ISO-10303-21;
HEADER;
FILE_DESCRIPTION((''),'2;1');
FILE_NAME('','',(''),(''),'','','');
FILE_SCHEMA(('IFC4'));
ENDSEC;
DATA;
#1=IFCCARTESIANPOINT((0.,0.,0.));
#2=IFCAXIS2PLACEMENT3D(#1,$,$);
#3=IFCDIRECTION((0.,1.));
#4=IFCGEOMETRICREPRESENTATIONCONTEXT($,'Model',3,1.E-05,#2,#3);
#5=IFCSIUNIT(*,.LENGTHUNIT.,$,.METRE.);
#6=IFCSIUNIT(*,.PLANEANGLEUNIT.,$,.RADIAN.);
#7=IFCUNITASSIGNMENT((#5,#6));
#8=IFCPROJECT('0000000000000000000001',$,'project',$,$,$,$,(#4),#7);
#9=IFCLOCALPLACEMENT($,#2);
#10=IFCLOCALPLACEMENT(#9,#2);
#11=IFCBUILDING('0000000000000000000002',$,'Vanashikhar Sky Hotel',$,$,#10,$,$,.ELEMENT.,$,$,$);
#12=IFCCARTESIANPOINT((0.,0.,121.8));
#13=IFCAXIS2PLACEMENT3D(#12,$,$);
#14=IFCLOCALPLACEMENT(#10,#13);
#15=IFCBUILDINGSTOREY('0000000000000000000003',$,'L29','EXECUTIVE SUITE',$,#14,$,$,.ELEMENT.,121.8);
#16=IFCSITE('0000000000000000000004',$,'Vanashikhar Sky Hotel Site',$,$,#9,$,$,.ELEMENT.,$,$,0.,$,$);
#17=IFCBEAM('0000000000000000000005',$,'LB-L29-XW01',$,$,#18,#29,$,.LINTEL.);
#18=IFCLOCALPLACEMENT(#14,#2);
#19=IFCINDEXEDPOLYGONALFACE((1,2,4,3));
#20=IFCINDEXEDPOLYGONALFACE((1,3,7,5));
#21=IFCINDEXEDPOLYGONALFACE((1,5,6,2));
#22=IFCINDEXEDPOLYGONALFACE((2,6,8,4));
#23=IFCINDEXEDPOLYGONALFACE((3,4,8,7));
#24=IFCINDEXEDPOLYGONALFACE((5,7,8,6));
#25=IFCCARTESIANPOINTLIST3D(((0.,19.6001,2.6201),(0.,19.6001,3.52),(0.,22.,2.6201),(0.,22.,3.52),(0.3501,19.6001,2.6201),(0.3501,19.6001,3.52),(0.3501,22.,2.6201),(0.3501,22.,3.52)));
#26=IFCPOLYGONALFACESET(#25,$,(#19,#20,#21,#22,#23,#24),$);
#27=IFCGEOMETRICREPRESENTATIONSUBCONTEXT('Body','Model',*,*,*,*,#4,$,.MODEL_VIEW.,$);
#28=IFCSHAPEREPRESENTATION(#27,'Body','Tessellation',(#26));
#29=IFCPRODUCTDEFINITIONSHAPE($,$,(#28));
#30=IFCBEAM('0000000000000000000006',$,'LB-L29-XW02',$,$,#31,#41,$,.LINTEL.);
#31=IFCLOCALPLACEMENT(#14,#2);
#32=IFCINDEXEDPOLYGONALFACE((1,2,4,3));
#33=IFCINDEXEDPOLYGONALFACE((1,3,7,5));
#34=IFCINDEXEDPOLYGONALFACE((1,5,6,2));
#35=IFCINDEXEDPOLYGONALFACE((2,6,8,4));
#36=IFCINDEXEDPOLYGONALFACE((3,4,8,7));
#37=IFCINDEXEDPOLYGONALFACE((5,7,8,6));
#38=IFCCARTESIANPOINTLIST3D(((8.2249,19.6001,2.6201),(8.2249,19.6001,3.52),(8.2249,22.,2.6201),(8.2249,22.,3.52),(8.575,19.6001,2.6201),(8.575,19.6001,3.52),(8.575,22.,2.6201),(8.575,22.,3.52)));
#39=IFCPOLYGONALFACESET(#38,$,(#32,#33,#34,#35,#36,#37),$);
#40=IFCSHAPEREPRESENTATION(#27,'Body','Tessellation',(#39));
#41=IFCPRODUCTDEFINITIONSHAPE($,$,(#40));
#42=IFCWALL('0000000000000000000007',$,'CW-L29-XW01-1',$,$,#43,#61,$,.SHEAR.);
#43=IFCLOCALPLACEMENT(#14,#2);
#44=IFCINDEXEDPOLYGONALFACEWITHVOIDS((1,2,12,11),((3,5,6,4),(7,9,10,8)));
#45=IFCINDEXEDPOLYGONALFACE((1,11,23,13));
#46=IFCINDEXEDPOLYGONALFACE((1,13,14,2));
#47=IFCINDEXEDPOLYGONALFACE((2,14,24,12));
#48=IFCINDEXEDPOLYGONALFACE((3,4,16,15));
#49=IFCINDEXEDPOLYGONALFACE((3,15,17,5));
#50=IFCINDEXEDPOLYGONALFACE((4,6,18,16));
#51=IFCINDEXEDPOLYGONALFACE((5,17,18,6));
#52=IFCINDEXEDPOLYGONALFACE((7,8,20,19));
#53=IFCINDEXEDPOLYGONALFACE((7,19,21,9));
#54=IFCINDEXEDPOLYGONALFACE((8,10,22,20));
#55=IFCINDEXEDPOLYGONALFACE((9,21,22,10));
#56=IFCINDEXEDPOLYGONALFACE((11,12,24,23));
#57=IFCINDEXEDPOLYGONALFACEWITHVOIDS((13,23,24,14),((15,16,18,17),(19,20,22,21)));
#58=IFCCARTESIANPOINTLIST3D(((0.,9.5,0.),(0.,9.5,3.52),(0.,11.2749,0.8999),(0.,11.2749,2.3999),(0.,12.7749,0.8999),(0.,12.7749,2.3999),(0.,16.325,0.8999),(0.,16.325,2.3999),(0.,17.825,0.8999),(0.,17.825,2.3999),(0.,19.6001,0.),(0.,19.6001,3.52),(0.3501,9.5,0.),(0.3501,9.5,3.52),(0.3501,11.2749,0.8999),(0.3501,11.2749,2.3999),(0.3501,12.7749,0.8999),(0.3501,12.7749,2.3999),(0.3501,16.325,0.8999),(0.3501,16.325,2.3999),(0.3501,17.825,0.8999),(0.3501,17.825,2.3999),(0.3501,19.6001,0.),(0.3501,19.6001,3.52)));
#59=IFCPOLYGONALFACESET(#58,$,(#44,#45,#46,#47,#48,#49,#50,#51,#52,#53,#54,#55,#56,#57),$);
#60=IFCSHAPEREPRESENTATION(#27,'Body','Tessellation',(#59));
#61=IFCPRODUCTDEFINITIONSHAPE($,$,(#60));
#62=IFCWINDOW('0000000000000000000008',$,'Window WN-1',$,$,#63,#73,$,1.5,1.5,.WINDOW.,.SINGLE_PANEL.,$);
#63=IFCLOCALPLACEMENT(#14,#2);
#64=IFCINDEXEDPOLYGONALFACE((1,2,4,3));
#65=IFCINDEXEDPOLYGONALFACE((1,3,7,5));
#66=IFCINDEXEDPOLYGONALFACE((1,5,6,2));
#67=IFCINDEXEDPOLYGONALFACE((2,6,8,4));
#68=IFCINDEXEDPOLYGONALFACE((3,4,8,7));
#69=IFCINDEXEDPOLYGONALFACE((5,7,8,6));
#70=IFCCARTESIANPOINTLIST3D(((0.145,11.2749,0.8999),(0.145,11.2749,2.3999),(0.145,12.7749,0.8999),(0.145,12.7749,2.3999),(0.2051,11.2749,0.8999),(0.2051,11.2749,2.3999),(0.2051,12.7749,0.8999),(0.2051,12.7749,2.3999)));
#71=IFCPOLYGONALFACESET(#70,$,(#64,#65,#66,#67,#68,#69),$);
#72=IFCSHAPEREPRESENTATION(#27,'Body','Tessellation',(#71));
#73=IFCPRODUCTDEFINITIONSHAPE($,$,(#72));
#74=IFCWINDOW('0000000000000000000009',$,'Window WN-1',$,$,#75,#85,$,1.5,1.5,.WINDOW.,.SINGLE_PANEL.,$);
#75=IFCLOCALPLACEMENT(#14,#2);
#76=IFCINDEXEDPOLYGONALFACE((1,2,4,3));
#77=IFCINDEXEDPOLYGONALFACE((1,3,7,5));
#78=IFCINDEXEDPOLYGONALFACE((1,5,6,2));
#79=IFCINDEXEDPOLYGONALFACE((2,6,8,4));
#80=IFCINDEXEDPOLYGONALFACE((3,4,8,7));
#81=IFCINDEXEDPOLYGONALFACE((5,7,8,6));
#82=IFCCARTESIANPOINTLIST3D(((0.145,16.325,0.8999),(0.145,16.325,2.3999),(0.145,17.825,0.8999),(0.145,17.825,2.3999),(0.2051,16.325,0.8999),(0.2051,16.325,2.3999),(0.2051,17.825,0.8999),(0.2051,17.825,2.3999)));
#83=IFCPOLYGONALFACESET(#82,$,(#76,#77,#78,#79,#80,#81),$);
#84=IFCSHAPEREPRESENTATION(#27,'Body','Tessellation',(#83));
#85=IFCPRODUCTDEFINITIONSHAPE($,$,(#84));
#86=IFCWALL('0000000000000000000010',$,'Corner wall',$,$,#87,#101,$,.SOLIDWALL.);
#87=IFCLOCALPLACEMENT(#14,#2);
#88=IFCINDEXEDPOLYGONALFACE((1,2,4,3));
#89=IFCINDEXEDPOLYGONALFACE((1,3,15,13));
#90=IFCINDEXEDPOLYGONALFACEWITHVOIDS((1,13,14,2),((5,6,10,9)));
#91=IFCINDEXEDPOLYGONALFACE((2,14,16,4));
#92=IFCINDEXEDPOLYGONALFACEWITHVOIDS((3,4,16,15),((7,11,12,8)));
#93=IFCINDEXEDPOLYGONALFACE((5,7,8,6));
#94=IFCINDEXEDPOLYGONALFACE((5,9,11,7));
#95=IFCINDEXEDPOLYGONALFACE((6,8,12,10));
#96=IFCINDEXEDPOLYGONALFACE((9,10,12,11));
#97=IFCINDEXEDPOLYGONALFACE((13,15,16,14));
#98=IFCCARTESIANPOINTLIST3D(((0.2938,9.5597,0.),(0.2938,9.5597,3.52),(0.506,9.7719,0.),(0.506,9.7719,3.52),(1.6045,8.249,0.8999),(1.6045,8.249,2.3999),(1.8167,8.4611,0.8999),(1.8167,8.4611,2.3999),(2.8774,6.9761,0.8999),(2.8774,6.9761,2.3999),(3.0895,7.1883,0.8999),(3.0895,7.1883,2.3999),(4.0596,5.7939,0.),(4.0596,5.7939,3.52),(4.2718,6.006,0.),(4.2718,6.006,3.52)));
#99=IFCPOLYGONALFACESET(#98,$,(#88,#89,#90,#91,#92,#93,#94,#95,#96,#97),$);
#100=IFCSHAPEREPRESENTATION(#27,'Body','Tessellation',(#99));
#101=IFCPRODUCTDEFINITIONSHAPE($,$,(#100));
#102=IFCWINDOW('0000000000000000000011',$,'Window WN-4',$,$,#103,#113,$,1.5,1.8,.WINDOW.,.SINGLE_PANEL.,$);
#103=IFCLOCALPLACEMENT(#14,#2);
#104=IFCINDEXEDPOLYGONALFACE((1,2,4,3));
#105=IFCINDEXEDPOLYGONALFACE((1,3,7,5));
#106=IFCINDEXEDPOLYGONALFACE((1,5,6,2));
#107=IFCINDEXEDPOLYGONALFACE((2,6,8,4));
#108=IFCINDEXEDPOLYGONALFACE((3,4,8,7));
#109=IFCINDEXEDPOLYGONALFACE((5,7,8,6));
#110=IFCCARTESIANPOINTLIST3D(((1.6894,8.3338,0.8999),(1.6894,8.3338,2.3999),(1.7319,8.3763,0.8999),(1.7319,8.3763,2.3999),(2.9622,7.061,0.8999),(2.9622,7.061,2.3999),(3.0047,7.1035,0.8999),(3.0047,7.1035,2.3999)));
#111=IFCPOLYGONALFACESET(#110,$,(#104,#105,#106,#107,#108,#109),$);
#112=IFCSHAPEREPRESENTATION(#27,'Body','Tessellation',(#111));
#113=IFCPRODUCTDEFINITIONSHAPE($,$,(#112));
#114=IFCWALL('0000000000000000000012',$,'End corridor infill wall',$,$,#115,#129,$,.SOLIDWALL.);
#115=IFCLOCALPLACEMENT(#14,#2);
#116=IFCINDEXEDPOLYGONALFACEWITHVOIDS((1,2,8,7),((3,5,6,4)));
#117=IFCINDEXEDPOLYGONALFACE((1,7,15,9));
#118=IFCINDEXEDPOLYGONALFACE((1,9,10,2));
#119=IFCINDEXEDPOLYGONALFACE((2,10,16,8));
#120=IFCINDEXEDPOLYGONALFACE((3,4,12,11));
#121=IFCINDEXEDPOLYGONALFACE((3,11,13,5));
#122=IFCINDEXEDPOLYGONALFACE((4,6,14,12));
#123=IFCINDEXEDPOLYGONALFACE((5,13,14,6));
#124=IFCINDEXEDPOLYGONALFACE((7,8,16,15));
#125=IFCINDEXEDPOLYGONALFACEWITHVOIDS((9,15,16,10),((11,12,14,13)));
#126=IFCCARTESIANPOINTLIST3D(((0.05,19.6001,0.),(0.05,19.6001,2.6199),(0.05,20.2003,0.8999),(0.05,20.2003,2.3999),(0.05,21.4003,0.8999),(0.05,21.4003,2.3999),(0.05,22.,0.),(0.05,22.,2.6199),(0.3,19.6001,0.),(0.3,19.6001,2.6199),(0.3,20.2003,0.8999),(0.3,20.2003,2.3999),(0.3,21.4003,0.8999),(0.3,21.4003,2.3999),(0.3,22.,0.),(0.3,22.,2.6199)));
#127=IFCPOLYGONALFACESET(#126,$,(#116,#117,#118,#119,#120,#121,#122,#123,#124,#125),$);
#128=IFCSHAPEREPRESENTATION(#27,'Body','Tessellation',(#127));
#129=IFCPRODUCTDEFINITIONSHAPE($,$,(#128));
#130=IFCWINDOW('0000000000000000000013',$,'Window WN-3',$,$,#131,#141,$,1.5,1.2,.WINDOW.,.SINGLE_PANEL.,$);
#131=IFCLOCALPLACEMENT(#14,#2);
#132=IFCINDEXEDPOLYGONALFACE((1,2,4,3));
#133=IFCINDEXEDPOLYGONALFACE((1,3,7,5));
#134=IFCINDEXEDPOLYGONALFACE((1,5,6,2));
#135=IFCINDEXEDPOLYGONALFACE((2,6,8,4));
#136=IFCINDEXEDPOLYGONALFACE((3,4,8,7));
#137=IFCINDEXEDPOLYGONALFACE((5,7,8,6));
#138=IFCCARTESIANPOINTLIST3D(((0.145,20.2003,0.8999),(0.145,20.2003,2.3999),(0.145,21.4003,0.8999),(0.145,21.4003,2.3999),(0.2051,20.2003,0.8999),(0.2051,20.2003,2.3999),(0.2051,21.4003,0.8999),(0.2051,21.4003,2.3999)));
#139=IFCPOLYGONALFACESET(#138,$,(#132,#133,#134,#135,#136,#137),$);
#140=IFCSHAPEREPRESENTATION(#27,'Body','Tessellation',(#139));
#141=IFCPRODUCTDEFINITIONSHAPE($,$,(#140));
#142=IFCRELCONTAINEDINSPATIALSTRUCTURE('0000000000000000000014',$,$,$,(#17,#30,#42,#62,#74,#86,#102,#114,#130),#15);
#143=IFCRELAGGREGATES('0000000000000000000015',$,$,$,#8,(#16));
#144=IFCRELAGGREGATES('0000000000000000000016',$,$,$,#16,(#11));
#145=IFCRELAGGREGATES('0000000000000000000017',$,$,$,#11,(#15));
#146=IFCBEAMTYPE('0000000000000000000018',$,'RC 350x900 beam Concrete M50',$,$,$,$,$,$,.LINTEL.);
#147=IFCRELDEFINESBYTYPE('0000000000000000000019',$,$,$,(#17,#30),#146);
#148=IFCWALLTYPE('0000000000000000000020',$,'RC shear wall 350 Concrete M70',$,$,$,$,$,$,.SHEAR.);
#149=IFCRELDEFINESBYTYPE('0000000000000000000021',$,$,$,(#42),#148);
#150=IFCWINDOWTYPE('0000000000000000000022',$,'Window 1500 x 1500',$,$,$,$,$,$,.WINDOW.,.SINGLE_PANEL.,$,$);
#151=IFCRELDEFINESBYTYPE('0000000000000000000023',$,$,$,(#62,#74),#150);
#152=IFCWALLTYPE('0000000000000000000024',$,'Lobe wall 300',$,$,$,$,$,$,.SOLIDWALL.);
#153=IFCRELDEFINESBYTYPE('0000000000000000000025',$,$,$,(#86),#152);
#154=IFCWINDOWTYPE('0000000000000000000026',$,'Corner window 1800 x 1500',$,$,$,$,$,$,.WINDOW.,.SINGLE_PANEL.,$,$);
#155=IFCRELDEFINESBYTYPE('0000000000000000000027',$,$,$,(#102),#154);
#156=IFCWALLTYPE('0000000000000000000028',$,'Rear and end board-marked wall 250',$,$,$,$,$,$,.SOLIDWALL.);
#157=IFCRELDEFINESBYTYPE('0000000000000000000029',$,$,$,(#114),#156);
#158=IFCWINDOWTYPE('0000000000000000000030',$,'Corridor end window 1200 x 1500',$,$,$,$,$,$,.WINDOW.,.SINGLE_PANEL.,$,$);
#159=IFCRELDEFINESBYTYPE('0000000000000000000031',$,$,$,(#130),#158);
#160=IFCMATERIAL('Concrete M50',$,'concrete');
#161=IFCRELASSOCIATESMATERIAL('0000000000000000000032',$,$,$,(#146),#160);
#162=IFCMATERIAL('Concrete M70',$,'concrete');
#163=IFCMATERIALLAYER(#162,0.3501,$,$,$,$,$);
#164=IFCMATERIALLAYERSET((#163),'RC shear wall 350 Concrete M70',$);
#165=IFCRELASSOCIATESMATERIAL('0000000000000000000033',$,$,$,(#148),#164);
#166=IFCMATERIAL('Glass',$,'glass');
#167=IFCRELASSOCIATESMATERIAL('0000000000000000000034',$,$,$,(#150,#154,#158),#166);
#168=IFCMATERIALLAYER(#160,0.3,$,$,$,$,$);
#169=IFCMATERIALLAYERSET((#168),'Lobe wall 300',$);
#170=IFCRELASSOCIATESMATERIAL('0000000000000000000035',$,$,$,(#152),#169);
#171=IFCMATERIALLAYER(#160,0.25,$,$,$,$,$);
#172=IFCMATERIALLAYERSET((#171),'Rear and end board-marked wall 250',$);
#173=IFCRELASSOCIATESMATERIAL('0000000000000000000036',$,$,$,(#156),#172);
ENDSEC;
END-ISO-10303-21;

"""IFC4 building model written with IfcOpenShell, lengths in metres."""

from ifc_helpers import new_model, si_unit, direction, frame, frame_2d, origin, origin_2d, place, context, subcontext, project, spatial, rectangle, extrude, source, transform, mapped, material, layer, layer_set, material_profile, profile_set, type_object, element, fill, save


model = new_model("IFC4")

# Units and contexts
model_context = context("Model", 3, precision=1e-05, world=origin(), true_north=direction((0.0, 1.0)))
body_context = subcontext(model_context, "Body", "Model", "MODEL_VIEW")
ifc_project = project(units=[si_unit("LENGTHUNIT", "METRE"), si_unit("PLANEANGLEUNIT", "RADIAN")], contexts=[model_context])

# Site, building, storey
site_placement = place(None, origin())
site = spatial("IfcSite", under=ifc_project, at=site_placement, Name="Vanashikhar Sky Hotel Site", CompositionType="ELEMENT", RefElevation=0.0)
building_placement = place(site_placement, origin())
building = spatial("IfcBuilding", under=site, at=building_placement, Name="Vanashikhar Sky Hotel", CompositionType="ELEMENT")
storey_placement = place(building_placement, frame((0.0, 0.0, 121.8)))
storey = spatial("IfcBuildingStorey", under=building, at=storey_placement, Name="L29", Description="EXECUTIVE SUITE", CompositionType="ELEMENT", Elevation=121.8)

# Beams
ifc_material_1 = material(Name="Concrete M50", Category="concrete")
ifc_material_profile = material_profile(ifc_material_1, rectangle(XDim=0.3501, YDim=0.8999, at=origin_2d()))
ifc_profile_set = profile_set([ifc_material_profile], Name="RC 350x900 beam Concrete M50")
beam_type = type_object("IfcBeamType", Name="RC 350x900 beam Concrete M50", PredefinedType="LINTEL", material=ifc_profile_set)
shared_shape_1 = source(origin(), body_context, "Body", "SweptSolid", [
    extrude(rectangle(XDim=0.3501, YDim=0.8999, at=origin_2d()), origin(), (0.0, 0.0, 1.0), 2.3999),
])
for number, where, z_axis, x_axis, name in (
    (1, (0.175, 19.6001, 3.0701), (0.0, 1.0, 0.0), (-1.0, 0.0, 0.0), "LB-L29-XW01"),
    (2, (8.3999, 19.6001, 3.0701), (0.0, 1.0, 0.0), (-1.0, 0.0, 0.0), "LB-L29-XW02"),
):
    element("IfcBeam", number, at=place(storey_placement, frame(where, z_axis=z_axis, x_axis=x_axis)), inside=storey, type_object=beam_type, Name=name, PredefinedType="LINTEL", context=body_context, shape_type="MappedRepresentation", body=[
        mapped(shared_shape_1, transform((0.0, 0.0, 0.0), scale=1.0)),
    ])

# Wall, openings, windows
ifc_material_2 = material(Name="Concrete M70", Category="concrete")
ifc_layer_1 = layer(ifc_material_2, 0.3501)
ifc_layer_set_1 = layer_set([ifc_layer_1], Name="RC shear wall 350 Concrete M70")
wall_type_1 = type_object("IfcWallType", Name="RC shear wall 350 Concrete M70", PredefinedType="SHEAR", material=ifc_layer_set_1)
shared_shape_2 = source(origin(), body_context, "Body", "SweptSolid", [
    extrude(rectangle(XDim=10.1001, YDim=0.3501, at=frame_2d((5.05, 0.0))), origin(), (0.0, 0.0, 1.0), 3.52),
])
wall_1_placement = place(storey_placement, frame((0.175, 9.5, 0.0), z_axis=(0.0, 0.0, 1.0), x_axis=(0.0, 1.0, 0.0)))
wall_1 = element("IfcWall", 3, at=wall_1_placement, inside=storey, type_object=wall_type_1, Name="CW-L29-XW01-1", PredefinedType="SHEAR", context=body_context, shape_type="MappedRepresentation", body=[
    mapped(shared_shape_2, transform((0.0, 0.0, 0.0), scale=1.0)),
])
shared_shape_3 = source(origin(), body_context, "Body", "SweptSolid", [
    extrude(rectangle(XDim=1.5, YDim=1.5, at=frame_2d((0.75, 0.75))), frame((0.0, 0.1851, 0.0), z_axis=(0.0, -1.0, 0.0), x_axis=(1.0, 0.0, 0.0)), (0.0, 0.0, 1.0), 0.3701),
])
opening_1_placement = place(wall_1_placement, frame((1.7749, 0.0, 0.8999)))
opening_1 = element("IfcOpeningElement", 4, at=opening_1_placement, cuts=wall_1, PredefinedType="OPENING", context=body_context, shape_type="MappedRepresentation", body=[
    mapped(shared_shape_3, transform((0.0, 0.0, 0.0), scale=1.0)),
])
opening_2_placement = place(wall_1_placement, frame((6.825, 0.0, 0.8999)))
opening_2 = element("IfcOpeningElement", 5, at=opening_2_placement, cuts=wall_1, PredefinedType="OPENING", context=body_context, shape_type="MappedRepresentation", body=[
    mapped(shared_shape_3, transform((0.0, 0.0, 0.0), scale=1.0)),
])
ifc_material_3 = material(Name="Glass", Category="glass")
window_type_1 = type_object("IfcWindowType", Name="Window 1500 x 1500", PartitioningType="SINGLE_PANEL", PredefinedType="WINDOW", material=ifc_material_3)
shared_shape_4 = source(origin(), body_context, "Body", "SweptSolid", [
    extrude(rectangle(XDim=1.5, YDim=1.5, at=frame_2d((0.75, 0.75))), frame((0.0, 0.03, 0.0), z_axis=(0.0, -1.0, 0.0), x_axis=(1.0, 0.0, 0.0)), (0.0, 0.0, 1.0), 0.0601),
])
window_1_placement = place(opening_1_placement, origin())
window_1 = element("IfcWindow", 6, at=window_1_placement, inside=storey, type_object=window_type_1, Name="Window WN-1", OverallHeight=1.5, OverallWidth=1.5, PartitioningType="SINGLE_PANEL", PredefinedType="WINDOW", context=body_context, shape_type="MappedRepresentation", body=[
    mapped(shared_shape_4, transform((0.0, 0.0, 0.0), scale=1.0)),
])
fill(opening_1, window_1)
window_2_placement = place(opening_2_placement, origin())
window_2 = element("IfcWindow", 7, at=window_2_placement, inside=storey, type_object=window_type_1, Name="Window WN-1", OverallHeight=1.5, OverallWidth=1.5, PartitioningType="SINGLE_PANEL", PredefinedType="WINDOW", context=body_context, shape_type="MappedRepresentation", body=[
    mapped(shared_shape_4, transform((0.0, 0.0, 0.0), scale=1.0)),
])
fill(opening_2, window_2)

# Walls, openings, windows
ifc_layer_2 = layer(ifc_material_1, 0.3)
ifc_layer_set_2 = layer_set([ifc_layer_2], Name="Lobe wall 300")
wall_type_2 = type_object("IfcWallType", Name="Lobe wall 300", PredefinedType="SOLIDWALL", material=ifc_layer_set_2)
shared_shape_5 = source(origin(), body_context, "Body", "SweptSolid", [
    extrude(rectangle(XDim=5.3257, YDim=0.3, at=frame_2d((2.6628, 0.0))), origin(), (0.0, 0.0, 1.0), 3.52),
])
wall_2_placement = place(storey_placement, frame((0.3999, 9.6658, 0.0), z_axis=(0.0, 0.0, 1.0), x_axis=(0.707107, -0.707107, 0.0)))
wall_2 = element("IfcWall", 8, at=wall_2_placement, inside=storey, type_object=wall_type_2, Name="Corner wall", PredefinedType="SOLIDWALL", context=body_context, shape_type="MappedRepresentation", body=[
    mapped(shared_shape_5, transform((0.0, 0.0, 0.0), scale=1.0)),
])
shared_shape_6 = source(origin(), body_context, "Body", "SweptSolid", [
    extrude(rectangle(XDim=1.8, YDim=1.5, at=frame_2d((0.8999, 0.75))), frame((0.0, 0.1602, 0.0), z_axis=(0.0, -1.0, 0.0), x_axis=(1.0, 0.0, 0.0)), (0.0, 0.0, 1.0), 0.3201),
])
opening_3_placement = place(wall_2_placement, frame((1.8538, 0.0, 0.8999)))
opening_3 = element("IfcOpeningElement", 9, at=opening_3_placement, cuts=wall_2, PredefinedType="OPENING", context=body_context, shape_type="MappedRepresentation", body=[
    mapped(shared_shape_6, transform((0.0, 0.0, 0.0), scale=1.0)),
])
window_type_2 = type_object("IfcWindowType", Name="Corner window 1800 x 1500", PartitioningType="SINGLE_PANEL", PredefinedType="WINDOW", material=ifc_material_3)
shared_shape_7 = source(origin(), body_context, "Body", "SweptSolid", [
    extrude(rectangle(XDim=1.8, YDim=1.5, at=frame_2d((0.8999, 0.75))), frame((0.0, 0.03, 0.0), z_axis=(0.0, -1.0, 0.0), x_axis=(1.0, 0.0, 0.0)), (0.0, 0.0, 1.0), 0.0601),
])
window_3_placement = place(opening_3_placement, origin())
window_3 = element("IfcWindow", 10, at=window_3_placement, inside=storey, type_object=window_type_2, Name="Window WN-4", OverallHeight=1.5, OverallWidth=1.8, PartitioningType="SINGLE_PANEL", PredefinedType="WINDOW", context=body_context, shape_type="MappedRepresentation", body=[
    mapped(shared_shape_7, transform((0.0, 0.0, 0.0), scale=1.0)),
])
fill(opening_3, window_3)
ifc_layer_3 = layer(ifc_material_1, 0.25)
ifc_layer_set_3 = layer_set([ifc_layer_3], Name="Rear and end board-marked wall 250")
wall_type_3 = type_object("IfcWallType", Name="Rear and end board-marked wall 250", PredefinedType="SOLIDWALL", material=ifc_layer_set_3)
shared_shape_8 = source(origin(), body_context, "Body", "SweptSolid", [
    extrude(rectangle(XDim=2.3999, YDim=0.25, at=frame_2d((1.2, 0.0))), origin(), (0.0, 0.0, 1.0), 2.6199),
])
wall_3_placement = place(storey_placement, frame((0.175, 19.6001, 0.0), z_axis=(0.0, 0.0, 1.0), x_axis=(0.0, 1.0, 0.0)))
wall_3 = element("IfcWall", 11, at=wall_3_placement, inside=storey, type_object=wall_type_3, Name="End corridor infill wall", PredefinedType="SOLIDWALL", context=body_context, shape_type="MappedRepresentation", body=[
    mapped(shared_shape_8, transform((0.0, 0.0, 0.0), scale=1.0)),
])
shared_shape_9 = source(origin(), body_context, "Body", "SweptSolid", [
    extrude(rectangle(XDim=1.2, YDim=1.5, at=frame_2d((0.6001, 0.75))), frame((0.0, 0.135, 0.0), z_axis=(0.0, -1.0, 0.0), x_axis=(1.0, 0.0, 0.0)), (0.0, 0.0, 1.0), 0.27),
])
opening_4_placement = place(wall_3_placement, frame((0.6001, 0.0, 0.8999)))
opening_4 = element("IfcOpeningElement", 12, at=opening_4_placement, cuts=wall_3, PredefinedType="OPENING", context=body_context, shape_type="MappedRepresentation", body=[
    mapped(shared_shape_9, transform((0.0, 0.0, 0.0), scale=1.0)),
])
window_type_3 = type_object("IfcWindowType", Name="Corridor end window 1200 x 1500", PartitioningType="SINGLE_PANEL", PredefinedType="WINDOW", material=ifc_material_3)
shared_shape_10 = source(origin(), body_context, "Body", "SweptSolid", [
    extrude(rectangle(XDim=1.2, YDim=1.5, at=frame_2d((0.6001, 0.75))), frame((0.0, 0.03, 0.0), z_axis=(0.0, -1.0, 0.0), x_axis=(1.0, 0.0, 0.0)), (0.0, 0.0, 1.0), 0.0601),
])
window_4_placement = place(opening_4_placement, origin())
window_4 = element("IfcWindow", 13, at=window_4_placement, inside=storey, type_object=window_type_3, Name="Window WN-3", OverallHeight=1.5, OverallWidth=1.2, PartitioningType="SINGLE_PANEL", PredefinedType="WINDOW", context=body_context, shape_type="MappedRepresentation", body=[
    mapped(shared_shape_10, transform((0.0, 0.0, 0.0), scale=1.0)),
])
fill(opening_4, window_4)

save(model, "model.ifc")
